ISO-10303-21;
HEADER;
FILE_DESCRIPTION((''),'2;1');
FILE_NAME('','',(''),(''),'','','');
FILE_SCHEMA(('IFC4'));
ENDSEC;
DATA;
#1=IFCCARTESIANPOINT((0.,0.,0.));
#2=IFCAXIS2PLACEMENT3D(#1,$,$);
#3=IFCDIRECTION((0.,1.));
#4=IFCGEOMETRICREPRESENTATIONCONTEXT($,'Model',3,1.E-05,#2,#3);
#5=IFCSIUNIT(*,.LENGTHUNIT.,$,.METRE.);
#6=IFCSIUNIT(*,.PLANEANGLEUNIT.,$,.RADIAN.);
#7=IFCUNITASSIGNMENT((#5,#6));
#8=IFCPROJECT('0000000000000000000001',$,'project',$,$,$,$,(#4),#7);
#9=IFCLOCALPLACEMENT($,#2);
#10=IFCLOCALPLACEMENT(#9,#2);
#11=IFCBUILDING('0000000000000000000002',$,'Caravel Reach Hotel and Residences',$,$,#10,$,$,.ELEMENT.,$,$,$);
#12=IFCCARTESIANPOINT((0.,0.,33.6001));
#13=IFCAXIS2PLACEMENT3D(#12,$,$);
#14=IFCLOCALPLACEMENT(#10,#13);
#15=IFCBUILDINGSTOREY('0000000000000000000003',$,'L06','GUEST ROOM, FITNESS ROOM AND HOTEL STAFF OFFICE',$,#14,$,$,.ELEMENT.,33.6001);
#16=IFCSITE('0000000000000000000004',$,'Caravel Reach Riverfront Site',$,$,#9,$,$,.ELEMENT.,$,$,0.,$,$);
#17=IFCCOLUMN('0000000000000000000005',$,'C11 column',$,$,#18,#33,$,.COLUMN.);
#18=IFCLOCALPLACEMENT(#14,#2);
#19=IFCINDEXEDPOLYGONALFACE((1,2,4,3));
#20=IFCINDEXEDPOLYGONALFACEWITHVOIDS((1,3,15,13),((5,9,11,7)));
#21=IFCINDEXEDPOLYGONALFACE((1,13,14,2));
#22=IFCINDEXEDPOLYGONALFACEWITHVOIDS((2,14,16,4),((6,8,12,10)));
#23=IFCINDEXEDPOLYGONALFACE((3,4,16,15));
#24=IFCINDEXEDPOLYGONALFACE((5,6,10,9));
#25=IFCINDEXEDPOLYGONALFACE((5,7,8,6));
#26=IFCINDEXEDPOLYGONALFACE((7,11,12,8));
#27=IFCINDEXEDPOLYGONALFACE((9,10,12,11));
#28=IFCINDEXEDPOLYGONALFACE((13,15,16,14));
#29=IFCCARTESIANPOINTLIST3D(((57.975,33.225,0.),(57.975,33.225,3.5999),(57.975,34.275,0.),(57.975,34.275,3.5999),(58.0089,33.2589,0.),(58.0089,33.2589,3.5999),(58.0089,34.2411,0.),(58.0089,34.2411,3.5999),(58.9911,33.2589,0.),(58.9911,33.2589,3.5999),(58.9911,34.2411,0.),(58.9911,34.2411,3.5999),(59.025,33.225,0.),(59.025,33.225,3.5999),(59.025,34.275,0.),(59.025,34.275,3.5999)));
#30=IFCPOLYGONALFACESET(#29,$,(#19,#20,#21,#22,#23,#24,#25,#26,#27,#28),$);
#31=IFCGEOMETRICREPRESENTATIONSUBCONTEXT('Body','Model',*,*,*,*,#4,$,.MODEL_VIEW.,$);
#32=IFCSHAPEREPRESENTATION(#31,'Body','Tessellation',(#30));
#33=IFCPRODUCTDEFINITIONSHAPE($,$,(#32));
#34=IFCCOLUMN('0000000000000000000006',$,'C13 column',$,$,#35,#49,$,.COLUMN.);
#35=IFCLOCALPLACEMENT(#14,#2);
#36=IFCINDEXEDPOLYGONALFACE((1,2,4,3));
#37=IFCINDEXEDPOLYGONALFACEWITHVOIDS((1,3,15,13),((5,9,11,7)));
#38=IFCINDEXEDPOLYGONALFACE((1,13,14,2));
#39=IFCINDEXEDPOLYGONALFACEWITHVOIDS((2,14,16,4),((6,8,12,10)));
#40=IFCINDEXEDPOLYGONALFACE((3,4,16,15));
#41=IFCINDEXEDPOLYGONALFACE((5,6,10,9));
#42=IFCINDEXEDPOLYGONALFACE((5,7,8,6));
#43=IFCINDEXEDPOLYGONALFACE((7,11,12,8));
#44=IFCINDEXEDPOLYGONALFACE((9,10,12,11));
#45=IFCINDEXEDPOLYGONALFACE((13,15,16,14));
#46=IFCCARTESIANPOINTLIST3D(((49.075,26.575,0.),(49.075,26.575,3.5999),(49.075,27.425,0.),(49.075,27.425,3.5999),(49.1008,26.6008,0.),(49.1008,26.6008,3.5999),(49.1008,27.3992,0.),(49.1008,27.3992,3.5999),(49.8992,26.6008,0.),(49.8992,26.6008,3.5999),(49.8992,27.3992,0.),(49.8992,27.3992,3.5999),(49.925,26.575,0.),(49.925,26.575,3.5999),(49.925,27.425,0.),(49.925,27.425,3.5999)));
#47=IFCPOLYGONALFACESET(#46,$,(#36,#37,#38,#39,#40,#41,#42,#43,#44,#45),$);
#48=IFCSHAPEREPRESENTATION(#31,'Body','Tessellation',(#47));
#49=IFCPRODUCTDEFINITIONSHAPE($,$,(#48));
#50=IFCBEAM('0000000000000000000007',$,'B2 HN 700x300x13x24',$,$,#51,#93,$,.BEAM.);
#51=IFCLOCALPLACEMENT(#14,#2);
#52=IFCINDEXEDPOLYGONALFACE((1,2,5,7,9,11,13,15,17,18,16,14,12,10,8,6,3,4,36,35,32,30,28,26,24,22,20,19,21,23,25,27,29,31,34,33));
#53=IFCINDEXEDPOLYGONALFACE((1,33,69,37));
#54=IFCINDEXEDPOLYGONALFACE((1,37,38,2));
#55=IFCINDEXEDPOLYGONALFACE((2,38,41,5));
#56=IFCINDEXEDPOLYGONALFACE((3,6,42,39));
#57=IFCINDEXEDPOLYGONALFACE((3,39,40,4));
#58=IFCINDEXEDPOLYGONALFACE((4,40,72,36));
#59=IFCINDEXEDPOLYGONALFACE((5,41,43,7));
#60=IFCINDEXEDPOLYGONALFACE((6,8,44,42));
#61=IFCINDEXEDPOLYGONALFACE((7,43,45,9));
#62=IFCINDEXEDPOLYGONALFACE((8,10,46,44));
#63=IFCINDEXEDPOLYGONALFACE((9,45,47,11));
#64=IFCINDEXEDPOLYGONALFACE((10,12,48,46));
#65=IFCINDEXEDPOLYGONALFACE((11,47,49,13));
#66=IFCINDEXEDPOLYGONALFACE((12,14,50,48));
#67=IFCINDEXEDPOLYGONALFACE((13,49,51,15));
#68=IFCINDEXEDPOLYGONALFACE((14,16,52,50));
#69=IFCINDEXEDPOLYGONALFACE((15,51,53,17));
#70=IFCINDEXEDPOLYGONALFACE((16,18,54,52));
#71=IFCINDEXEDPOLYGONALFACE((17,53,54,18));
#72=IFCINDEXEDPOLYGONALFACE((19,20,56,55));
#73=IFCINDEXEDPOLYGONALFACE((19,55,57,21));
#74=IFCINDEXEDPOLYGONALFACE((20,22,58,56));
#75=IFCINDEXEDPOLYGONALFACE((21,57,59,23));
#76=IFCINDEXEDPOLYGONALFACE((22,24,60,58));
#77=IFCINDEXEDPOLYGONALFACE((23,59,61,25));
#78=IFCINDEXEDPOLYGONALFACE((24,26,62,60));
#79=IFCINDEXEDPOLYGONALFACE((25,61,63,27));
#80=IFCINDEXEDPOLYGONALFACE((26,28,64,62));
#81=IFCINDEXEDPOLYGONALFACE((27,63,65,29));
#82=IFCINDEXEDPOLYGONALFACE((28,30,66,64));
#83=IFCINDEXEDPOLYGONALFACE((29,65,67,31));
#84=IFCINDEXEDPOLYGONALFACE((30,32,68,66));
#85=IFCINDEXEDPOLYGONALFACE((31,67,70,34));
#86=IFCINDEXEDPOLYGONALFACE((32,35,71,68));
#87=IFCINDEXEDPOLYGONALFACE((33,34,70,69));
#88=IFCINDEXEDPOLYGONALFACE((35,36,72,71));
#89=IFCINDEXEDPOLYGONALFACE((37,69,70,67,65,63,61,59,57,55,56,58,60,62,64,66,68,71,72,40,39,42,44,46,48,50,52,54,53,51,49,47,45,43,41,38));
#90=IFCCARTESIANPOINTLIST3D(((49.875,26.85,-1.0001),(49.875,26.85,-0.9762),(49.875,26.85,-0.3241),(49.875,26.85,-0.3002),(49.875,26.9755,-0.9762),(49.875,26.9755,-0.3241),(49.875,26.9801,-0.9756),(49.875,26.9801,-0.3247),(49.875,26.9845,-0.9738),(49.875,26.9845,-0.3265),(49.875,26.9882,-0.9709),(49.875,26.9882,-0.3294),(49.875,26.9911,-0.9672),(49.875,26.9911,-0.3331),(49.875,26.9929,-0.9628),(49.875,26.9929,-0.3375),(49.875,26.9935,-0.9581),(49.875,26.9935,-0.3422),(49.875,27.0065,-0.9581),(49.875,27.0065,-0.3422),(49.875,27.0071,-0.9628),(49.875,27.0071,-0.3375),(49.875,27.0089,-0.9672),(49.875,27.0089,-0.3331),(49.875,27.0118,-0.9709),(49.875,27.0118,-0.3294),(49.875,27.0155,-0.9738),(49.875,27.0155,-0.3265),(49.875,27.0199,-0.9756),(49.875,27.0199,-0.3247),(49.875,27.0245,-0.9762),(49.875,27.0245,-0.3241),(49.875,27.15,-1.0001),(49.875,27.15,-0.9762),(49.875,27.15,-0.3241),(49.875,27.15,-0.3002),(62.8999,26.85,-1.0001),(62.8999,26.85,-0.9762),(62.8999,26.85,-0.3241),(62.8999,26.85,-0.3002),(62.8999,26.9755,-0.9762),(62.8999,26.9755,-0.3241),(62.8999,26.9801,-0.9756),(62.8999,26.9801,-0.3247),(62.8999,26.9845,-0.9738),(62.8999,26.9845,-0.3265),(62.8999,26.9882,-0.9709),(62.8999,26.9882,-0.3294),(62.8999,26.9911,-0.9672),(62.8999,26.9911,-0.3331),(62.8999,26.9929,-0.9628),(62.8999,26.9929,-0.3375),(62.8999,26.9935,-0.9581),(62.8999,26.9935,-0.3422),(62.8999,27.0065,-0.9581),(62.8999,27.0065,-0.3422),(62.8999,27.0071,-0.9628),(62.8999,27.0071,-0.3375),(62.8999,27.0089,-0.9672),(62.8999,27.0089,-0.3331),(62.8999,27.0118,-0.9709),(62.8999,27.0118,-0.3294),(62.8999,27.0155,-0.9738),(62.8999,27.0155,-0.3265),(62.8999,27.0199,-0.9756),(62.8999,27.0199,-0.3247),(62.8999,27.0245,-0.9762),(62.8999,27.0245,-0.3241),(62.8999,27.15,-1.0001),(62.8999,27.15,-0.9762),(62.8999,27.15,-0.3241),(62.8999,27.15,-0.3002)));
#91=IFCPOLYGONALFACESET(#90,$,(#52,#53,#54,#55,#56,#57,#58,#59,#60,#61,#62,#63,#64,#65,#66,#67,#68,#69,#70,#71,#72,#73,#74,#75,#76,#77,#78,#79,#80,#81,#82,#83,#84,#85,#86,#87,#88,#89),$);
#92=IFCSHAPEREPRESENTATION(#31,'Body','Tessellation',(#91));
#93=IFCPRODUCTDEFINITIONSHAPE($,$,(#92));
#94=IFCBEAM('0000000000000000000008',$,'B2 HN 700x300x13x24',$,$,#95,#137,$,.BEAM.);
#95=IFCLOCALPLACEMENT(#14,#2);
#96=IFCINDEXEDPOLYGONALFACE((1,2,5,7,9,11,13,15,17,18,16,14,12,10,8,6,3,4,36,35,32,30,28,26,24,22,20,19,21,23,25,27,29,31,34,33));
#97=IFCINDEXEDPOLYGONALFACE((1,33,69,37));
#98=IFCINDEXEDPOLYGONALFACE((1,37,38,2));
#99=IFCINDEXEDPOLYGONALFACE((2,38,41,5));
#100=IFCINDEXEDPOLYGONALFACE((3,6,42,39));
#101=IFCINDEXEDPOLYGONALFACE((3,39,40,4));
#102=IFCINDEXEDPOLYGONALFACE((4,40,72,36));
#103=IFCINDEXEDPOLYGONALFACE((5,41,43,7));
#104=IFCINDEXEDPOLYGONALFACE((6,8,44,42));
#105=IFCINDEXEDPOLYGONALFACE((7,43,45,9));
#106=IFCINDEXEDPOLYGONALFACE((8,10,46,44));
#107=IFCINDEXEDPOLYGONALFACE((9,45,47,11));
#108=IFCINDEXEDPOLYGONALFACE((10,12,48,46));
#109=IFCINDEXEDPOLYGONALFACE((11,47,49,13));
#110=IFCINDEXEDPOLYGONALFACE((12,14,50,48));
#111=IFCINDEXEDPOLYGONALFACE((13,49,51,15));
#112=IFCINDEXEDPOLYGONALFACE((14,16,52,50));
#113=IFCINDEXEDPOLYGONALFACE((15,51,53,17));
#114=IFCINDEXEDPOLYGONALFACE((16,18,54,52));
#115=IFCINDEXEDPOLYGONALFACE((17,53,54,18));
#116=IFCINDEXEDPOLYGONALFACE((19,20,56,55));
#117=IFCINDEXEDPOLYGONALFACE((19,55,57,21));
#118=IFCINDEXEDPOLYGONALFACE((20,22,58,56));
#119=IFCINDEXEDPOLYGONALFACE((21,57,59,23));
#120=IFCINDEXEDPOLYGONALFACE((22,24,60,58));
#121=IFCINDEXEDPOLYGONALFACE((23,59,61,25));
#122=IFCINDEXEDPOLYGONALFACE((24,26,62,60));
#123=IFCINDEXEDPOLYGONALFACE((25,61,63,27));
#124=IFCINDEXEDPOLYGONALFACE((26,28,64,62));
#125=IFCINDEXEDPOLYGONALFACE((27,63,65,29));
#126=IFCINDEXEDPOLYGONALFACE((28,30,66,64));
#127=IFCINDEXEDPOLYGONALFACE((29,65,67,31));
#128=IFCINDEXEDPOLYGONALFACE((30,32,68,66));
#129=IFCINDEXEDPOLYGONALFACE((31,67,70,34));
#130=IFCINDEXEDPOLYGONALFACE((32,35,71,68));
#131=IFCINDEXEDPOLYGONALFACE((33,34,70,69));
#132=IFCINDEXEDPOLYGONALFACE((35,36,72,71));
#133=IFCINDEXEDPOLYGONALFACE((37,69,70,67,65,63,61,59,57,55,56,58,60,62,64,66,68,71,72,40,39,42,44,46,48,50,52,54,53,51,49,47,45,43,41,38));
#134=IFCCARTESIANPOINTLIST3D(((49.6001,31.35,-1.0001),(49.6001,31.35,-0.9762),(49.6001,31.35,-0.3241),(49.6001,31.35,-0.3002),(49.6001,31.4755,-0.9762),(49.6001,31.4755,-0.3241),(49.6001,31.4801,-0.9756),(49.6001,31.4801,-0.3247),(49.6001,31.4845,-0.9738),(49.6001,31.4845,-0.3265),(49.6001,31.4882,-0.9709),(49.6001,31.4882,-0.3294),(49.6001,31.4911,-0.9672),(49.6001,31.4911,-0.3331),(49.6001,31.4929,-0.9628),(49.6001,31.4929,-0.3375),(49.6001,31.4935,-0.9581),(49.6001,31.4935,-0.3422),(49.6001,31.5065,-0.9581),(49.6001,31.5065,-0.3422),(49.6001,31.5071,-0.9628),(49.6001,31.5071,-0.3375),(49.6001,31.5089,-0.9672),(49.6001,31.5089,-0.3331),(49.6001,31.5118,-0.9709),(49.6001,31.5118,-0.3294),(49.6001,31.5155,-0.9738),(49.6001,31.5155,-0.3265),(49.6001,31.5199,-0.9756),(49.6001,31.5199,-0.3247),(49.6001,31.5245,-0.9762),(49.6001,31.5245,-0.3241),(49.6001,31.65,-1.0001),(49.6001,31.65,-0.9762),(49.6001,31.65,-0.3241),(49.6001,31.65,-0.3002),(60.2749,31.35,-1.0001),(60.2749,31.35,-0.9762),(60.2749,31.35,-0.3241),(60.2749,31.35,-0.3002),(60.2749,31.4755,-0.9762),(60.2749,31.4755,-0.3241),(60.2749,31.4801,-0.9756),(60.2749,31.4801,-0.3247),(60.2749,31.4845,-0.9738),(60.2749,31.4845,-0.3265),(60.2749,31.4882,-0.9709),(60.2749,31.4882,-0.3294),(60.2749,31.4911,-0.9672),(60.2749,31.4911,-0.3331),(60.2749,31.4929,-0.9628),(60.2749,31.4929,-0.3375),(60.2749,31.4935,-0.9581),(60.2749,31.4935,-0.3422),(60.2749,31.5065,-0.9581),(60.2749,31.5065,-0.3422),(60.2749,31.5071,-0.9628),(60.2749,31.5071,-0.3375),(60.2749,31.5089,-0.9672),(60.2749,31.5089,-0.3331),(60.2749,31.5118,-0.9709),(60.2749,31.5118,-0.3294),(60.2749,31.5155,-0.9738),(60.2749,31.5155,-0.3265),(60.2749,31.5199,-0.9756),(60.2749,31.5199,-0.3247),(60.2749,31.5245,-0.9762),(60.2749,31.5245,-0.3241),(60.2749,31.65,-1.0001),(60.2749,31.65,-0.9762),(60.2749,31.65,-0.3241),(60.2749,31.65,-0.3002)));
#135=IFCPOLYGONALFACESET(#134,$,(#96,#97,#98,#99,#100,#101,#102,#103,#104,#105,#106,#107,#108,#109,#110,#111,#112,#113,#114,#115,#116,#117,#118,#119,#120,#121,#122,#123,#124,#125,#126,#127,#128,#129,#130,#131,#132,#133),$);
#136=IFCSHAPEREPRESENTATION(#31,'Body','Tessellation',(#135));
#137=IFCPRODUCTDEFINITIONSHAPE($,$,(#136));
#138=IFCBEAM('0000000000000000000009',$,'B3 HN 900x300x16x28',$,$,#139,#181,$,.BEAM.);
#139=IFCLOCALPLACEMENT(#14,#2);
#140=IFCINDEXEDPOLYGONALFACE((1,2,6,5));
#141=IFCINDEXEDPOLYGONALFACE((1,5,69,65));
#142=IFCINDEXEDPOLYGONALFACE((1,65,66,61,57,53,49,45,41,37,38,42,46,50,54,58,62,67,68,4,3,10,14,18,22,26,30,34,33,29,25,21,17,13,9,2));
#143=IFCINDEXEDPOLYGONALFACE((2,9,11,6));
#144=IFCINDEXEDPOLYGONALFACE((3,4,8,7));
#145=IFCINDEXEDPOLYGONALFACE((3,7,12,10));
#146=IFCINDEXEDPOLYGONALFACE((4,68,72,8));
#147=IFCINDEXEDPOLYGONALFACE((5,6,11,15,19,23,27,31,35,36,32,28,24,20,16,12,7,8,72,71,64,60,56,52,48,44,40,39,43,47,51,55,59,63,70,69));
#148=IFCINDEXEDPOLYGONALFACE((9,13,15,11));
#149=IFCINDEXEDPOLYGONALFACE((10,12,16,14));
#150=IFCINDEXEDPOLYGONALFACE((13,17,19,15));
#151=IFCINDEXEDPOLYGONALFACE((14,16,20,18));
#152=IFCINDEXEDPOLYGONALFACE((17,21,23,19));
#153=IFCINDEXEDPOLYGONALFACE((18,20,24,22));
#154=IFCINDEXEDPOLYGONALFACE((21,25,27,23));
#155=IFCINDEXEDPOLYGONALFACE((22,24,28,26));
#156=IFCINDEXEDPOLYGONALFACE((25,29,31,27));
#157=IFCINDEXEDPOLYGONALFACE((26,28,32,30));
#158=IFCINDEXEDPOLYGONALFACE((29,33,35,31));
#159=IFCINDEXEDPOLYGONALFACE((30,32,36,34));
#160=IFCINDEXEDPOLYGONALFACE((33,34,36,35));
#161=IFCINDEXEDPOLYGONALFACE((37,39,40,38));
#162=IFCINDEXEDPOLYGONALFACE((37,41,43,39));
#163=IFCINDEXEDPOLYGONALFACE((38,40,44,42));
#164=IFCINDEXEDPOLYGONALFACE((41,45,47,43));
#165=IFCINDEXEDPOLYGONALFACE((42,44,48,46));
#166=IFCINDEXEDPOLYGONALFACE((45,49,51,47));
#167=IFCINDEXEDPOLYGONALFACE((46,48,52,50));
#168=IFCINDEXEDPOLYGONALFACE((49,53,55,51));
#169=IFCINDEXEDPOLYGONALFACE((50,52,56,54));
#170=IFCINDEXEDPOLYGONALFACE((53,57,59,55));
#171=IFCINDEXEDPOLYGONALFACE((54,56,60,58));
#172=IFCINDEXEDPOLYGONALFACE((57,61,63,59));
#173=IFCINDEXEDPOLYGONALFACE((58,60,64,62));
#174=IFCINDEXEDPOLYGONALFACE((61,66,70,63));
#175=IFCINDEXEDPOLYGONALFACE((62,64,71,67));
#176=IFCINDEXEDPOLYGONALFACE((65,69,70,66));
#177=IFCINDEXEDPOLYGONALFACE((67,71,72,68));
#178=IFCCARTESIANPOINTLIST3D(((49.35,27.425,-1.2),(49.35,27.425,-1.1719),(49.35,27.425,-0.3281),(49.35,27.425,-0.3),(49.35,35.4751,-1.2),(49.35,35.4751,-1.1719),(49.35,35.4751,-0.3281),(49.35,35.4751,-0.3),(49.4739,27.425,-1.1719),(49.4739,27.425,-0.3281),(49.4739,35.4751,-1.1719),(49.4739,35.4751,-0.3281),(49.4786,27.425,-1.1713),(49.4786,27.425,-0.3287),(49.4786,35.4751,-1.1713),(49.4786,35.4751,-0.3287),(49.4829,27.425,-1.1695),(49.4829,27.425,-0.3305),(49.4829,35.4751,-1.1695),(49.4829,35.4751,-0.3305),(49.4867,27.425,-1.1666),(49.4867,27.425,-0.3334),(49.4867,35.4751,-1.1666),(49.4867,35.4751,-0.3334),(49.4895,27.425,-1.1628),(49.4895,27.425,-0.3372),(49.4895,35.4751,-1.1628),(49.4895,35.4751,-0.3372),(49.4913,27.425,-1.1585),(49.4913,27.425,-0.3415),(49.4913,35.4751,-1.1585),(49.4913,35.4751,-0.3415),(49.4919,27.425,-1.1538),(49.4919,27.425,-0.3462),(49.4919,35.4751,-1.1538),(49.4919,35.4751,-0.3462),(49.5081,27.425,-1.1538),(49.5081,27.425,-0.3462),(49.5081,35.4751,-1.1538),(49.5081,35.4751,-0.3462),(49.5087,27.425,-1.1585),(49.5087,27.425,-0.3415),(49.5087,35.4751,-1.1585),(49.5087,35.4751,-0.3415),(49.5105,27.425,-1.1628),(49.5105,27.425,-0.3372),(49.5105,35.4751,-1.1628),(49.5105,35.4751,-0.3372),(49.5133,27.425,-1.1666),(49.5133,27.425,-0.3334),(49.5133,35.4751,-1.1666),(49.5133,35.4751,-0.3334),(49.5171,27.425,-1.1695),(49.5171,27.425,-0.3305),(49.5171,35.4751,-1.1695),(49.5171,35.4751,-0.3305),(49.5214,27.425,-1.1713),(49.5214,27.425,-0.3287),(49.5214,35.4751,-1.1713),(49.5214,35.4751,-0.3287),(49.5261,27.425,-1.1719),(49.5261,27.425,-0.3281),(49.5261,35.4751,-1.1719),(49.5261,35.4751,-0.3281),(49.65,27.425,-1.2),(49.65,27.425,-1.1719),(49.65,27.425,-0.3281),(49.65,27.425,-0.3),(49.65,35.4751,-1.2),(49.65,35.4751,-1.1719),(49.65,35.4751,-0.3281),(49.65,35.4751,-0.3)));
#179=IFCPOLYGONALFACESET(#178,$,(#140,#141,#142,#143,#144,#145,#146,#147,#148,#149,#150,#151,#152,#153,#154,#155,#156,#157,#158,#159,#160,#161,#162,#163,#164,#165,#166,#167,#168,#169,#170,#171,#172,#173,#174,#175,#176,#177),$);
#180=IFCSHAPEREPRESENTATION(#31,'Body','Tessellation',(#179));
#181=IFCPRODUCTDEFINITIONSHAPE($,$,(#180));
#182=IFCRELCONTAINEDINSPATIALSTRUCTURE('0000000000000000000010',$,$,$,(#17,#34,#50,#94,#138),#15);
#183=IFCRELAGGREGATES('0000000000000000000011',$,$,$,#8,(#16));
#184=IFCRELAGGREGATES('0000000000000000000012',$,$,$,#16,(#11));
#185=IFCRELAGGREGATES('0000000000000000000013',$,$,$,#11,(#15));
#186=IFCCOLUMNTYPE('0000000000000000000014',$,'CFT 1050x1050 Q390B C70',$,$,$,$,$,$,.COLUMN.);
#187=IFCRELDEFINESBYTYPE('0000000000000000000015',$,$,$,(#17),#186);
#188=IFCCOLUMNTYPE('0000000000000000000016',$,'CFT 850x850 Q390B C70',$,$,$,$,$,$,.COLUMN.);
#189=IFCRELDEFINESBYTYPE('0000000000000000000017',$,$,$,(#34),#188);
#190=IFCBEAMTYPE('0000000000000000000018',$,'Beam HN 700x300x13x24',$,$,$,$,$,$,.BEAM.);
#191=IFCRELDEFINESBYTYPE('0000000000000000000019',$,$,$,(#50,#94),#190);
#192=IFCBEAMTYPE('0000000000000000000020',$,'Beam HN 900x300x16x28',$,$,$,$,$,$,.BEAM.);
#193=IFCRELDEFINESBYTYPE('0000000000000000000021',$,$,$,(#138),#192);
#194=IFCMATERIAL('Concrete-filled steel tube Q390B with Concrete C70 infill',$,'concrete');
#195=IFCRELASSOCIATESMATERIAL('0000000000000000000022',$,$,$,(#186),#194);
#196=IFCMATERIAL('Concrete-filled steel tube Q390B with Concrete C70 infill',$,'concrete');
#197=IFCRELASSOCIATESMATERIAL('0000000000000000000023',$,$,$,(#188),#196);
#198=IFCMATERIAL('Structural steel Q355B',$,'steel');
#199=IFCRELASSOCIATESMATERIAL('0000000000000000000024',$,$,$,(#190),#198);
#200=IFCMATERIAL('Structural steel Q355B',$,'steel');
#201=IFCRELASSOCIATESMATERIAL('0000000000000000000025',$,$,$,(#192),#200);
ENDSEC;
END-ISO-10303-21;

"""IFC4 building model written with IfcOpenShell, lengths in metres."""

from ifc_helpers import new_model, si_unit, direction, frame, origin, origin_2d, place, context, subcontext, project, spatial, hollow_rectangle, i_section, extrude, material, material_profile, profile_set, type_object, element, save


model = new_model("IFC4")

# Units and contexts
model_context = context("Model", 3, precision=1e-05, world=origin(), true_north=direction((0.0, 1.0)))
body_context = subcontext(model_context, "Body", "Model", "MODEL_VIEW")
ifc_project = project(units=[si_unit("LENGTHUNIT", "METRE"), si_unit("PLANEANGLEUNIT", "RADIAN")], contexts=[model_context])

# Site, building, storey
site_placement = place(None, origin())
site = spatial("IfcSite", under=ifc_project, at=site_placement, Name="Caravel Reach Riverfront Site", CompositionType="ELEMENT", RefElevation=0.0)
building_placement = place(site_placement, origin())
building = spatial("IfcBuilding", under=site, at=building_placement, Name="Caravel Reach Hotel and Residences", CompositionType="ELEMENT")
storey_placement = place(building_placement, frame((0.0, 0.0, 33.6001)))
storey = spatial("IfcBuildingStorey", under=building, at=storey_placement, Name="L06", Description="GUEST ROOM, FITNESS ROOM AND HOTEL STAFF OFFICE", CompositionType="ELEMENT", Elevation=33.6001)

# Columns
ifc_material_1 = material(Name="Concrete-filled steel tube Q390B with Concrete C70 infill", Category="concrete")
ifc_material_profile_1 = material_profile(ifc_material_1, hollow_rectangle(XDim=1.05, YDim=1.05, WallThickness=0.0339, at=origin_2d()), Name="RHS 1050x1050x34")
ifc_profile_set_1 = profile_set([ifc_material_profile_1], Name="Concrete-filled steel tube Q390B with Concrete C70 infill")
column_type_1 = type_object("IfcColumnType", Name="CFT 1050x1050 Q390B C70", PredefinedType="COLUMN", material=ifc_profile_set_1)
column_1_placement = place(storey_placement, frame((58.5, 33.75, 0.0), z_axis=(0.0, 0.0, 1.0), x_axis=(1.0, 0.0, 0.0)))
element("IfcColumn", 1, at=column_1_placement, inside=storey, type_object=column_type_1, Name="C11 column", PredefinedType="COLUMN", context=body_context, shape_type="SweptSolid", body=[
    extrude(hollow_rectangle(XDim=1.05, YDim=1.05, WallThickness=0.0339, at=origin_2d()), origin(), (0.0, 0.0, 1.0), 3.5999),
])
ifc_material_2 = material(Name="Concrete-filled steel tube Q390B with Concrete C70 infill", Category="concrete")
ifc_material_profile_2 = material_profile(ifc_material_2, hollow_rectangle(XDim=0.8501, YDim=0.8501, WallThickness=0.0259, at=origin_2d()), Name="RHS 850x850x26")
ifc_profile_set_2 = profile_set([ifc_material_profile_2], Name="Concrete-filled steel tube Q390B with Concrete C70 infill")
column_type_2 = type_object("IfcColumnType", Name="CFT 850x850 Q390B C70", PredefinedType="COLUMN", material=ifc_profile_set_2)
column_2_placement = place(storey_placement, frame((49.5, 27.0, 0.0), z_axis=(0.0, 0.0, 1.0), x_axis=(1.0, 0.0, 0.0)))
element("IfcColumn", 2, at=column_2_placement, inside=storey, type_object=column_type_2, Name="C13 column", PredefinedType="COLUMN", context=body_context, shape_type="SweptSolid", body=[
    extrude(hollow_rectangle(XDim=0.8501, YDim=0.8501, WallThickness=0.0259, at=origin_2d()), origin(), (0.0, 0.0, 1.0), 3.5999),
])

# Beams
ifc_material_3 = material(Name="Structural steel Q355B", Category="steel")
ifc_material_profile_3 = material_profile(ifc_material_3, i_section(OverallWidth=0.3, OverallDepth=0.7, WebThickness=0.0129, FlangeThickness=0.0239, FilletRadius=0.0181, at=origin_2d()), Name="HN 700x300x13x24")
ifc_profile_set_3 = profile_set([ifc_material_profile_3], Name="Structural steel Q355B")
beam_type_1 = type_object("IfcBeamType", Name="Beam HN 700x300x13x24", PredefinedType="BEAM", material=ifc_profile_set_3)
beam_1_placement = place(storey_placement, frame((49.875, 27.0, -0.6501), z_axis=(1.0, 0.0, 0.0), x_axis=(0.0, 1.0, 0.0)))
element("IfcBeam", 3, at=beam_1_placement, inside=storey, type_object=beam_type_1, Name="B2 HN 700x300x13x24", PredefinedType="BEAM", context=body_context, shape_type="SweptSolid", body=[
    extrude(i_section(OverallWidth=0.3, OverallDepth=0.7, WebThickness=0.0129, FlangeThickness=0.0239, FilletRadius=0.0181, at=origin_2d()), origin(), (0.0, 0.0, 1.0), 13.0249),
])
beam_2_placement = place(storey_placement, frame((49.6001, 31.5, -0.6501), z_axis=(1.0, 0.0, 0.0), x_axis=(0.0, 1.0, 0.0)))
element("IfcBeam", 4, at=beam_2_placement, inside=storey, type_object=beam_type_1, Name="B2 HN 700x300x13x24", PredefinedType="BEAM", context=body_context, shape_type="SweptSolid", body=[
    extrude(i_section(OverallWidth=0.3, OverallDepth=0.7, WebThickness=0.0129, FlangeThickness=0.0239, FilletRadius=0.0181, at=origin_2d()), origin(), (0.0, 0.0, 1.0), 10.6748),
])
ifc_material_4 = material(Name="Structural steel Q355B", Category="steel")
ifc_material_profile_4 = material_profile(ifc_material_4, i_section(OverallWidth=0.3, OverallDepth=0.8999, WebThickness=0.0161, FlangeThickness=0.0281, FilletRadius=0.0181, at=origin_2d()), Name="HN 900x300x16x28")
ifc_profile_set_4 = profile_set([ifc_material_profile_4], Name="Structural steel Q355B")
beam_type_2 = type_object("IfcBeamType", Name="Beam HN 900x300x16x28", PredefinedType="BEAM", material=ifc_profile_set_4)
beam_3_placement = place(storey_placement, frame((49.5, 27.425, -0.75), z_axis=(0.0, 1.0, 0.0), x_axis=(-1.0, 0.0, 0.0)))
element("IfcBeam", 5, at=beam_3_placement, inside=storey, type_object=beam_type_2, Name="B3 HN 900x300x16x28", PredefinedType="BEAM", context=body_context, shape_type="SweptSolid", body=[
    extrude(i_section(OverallWidth=0.3, OverallDepth=0.8999, WebThickness=0.0161, FlangeThickness=0.0281, FilletRadius=0.0181, at=origin_2d()), origin(), (0.0, 0.0, 1.0), 8.05),
])

save(model, "model.ifc")
